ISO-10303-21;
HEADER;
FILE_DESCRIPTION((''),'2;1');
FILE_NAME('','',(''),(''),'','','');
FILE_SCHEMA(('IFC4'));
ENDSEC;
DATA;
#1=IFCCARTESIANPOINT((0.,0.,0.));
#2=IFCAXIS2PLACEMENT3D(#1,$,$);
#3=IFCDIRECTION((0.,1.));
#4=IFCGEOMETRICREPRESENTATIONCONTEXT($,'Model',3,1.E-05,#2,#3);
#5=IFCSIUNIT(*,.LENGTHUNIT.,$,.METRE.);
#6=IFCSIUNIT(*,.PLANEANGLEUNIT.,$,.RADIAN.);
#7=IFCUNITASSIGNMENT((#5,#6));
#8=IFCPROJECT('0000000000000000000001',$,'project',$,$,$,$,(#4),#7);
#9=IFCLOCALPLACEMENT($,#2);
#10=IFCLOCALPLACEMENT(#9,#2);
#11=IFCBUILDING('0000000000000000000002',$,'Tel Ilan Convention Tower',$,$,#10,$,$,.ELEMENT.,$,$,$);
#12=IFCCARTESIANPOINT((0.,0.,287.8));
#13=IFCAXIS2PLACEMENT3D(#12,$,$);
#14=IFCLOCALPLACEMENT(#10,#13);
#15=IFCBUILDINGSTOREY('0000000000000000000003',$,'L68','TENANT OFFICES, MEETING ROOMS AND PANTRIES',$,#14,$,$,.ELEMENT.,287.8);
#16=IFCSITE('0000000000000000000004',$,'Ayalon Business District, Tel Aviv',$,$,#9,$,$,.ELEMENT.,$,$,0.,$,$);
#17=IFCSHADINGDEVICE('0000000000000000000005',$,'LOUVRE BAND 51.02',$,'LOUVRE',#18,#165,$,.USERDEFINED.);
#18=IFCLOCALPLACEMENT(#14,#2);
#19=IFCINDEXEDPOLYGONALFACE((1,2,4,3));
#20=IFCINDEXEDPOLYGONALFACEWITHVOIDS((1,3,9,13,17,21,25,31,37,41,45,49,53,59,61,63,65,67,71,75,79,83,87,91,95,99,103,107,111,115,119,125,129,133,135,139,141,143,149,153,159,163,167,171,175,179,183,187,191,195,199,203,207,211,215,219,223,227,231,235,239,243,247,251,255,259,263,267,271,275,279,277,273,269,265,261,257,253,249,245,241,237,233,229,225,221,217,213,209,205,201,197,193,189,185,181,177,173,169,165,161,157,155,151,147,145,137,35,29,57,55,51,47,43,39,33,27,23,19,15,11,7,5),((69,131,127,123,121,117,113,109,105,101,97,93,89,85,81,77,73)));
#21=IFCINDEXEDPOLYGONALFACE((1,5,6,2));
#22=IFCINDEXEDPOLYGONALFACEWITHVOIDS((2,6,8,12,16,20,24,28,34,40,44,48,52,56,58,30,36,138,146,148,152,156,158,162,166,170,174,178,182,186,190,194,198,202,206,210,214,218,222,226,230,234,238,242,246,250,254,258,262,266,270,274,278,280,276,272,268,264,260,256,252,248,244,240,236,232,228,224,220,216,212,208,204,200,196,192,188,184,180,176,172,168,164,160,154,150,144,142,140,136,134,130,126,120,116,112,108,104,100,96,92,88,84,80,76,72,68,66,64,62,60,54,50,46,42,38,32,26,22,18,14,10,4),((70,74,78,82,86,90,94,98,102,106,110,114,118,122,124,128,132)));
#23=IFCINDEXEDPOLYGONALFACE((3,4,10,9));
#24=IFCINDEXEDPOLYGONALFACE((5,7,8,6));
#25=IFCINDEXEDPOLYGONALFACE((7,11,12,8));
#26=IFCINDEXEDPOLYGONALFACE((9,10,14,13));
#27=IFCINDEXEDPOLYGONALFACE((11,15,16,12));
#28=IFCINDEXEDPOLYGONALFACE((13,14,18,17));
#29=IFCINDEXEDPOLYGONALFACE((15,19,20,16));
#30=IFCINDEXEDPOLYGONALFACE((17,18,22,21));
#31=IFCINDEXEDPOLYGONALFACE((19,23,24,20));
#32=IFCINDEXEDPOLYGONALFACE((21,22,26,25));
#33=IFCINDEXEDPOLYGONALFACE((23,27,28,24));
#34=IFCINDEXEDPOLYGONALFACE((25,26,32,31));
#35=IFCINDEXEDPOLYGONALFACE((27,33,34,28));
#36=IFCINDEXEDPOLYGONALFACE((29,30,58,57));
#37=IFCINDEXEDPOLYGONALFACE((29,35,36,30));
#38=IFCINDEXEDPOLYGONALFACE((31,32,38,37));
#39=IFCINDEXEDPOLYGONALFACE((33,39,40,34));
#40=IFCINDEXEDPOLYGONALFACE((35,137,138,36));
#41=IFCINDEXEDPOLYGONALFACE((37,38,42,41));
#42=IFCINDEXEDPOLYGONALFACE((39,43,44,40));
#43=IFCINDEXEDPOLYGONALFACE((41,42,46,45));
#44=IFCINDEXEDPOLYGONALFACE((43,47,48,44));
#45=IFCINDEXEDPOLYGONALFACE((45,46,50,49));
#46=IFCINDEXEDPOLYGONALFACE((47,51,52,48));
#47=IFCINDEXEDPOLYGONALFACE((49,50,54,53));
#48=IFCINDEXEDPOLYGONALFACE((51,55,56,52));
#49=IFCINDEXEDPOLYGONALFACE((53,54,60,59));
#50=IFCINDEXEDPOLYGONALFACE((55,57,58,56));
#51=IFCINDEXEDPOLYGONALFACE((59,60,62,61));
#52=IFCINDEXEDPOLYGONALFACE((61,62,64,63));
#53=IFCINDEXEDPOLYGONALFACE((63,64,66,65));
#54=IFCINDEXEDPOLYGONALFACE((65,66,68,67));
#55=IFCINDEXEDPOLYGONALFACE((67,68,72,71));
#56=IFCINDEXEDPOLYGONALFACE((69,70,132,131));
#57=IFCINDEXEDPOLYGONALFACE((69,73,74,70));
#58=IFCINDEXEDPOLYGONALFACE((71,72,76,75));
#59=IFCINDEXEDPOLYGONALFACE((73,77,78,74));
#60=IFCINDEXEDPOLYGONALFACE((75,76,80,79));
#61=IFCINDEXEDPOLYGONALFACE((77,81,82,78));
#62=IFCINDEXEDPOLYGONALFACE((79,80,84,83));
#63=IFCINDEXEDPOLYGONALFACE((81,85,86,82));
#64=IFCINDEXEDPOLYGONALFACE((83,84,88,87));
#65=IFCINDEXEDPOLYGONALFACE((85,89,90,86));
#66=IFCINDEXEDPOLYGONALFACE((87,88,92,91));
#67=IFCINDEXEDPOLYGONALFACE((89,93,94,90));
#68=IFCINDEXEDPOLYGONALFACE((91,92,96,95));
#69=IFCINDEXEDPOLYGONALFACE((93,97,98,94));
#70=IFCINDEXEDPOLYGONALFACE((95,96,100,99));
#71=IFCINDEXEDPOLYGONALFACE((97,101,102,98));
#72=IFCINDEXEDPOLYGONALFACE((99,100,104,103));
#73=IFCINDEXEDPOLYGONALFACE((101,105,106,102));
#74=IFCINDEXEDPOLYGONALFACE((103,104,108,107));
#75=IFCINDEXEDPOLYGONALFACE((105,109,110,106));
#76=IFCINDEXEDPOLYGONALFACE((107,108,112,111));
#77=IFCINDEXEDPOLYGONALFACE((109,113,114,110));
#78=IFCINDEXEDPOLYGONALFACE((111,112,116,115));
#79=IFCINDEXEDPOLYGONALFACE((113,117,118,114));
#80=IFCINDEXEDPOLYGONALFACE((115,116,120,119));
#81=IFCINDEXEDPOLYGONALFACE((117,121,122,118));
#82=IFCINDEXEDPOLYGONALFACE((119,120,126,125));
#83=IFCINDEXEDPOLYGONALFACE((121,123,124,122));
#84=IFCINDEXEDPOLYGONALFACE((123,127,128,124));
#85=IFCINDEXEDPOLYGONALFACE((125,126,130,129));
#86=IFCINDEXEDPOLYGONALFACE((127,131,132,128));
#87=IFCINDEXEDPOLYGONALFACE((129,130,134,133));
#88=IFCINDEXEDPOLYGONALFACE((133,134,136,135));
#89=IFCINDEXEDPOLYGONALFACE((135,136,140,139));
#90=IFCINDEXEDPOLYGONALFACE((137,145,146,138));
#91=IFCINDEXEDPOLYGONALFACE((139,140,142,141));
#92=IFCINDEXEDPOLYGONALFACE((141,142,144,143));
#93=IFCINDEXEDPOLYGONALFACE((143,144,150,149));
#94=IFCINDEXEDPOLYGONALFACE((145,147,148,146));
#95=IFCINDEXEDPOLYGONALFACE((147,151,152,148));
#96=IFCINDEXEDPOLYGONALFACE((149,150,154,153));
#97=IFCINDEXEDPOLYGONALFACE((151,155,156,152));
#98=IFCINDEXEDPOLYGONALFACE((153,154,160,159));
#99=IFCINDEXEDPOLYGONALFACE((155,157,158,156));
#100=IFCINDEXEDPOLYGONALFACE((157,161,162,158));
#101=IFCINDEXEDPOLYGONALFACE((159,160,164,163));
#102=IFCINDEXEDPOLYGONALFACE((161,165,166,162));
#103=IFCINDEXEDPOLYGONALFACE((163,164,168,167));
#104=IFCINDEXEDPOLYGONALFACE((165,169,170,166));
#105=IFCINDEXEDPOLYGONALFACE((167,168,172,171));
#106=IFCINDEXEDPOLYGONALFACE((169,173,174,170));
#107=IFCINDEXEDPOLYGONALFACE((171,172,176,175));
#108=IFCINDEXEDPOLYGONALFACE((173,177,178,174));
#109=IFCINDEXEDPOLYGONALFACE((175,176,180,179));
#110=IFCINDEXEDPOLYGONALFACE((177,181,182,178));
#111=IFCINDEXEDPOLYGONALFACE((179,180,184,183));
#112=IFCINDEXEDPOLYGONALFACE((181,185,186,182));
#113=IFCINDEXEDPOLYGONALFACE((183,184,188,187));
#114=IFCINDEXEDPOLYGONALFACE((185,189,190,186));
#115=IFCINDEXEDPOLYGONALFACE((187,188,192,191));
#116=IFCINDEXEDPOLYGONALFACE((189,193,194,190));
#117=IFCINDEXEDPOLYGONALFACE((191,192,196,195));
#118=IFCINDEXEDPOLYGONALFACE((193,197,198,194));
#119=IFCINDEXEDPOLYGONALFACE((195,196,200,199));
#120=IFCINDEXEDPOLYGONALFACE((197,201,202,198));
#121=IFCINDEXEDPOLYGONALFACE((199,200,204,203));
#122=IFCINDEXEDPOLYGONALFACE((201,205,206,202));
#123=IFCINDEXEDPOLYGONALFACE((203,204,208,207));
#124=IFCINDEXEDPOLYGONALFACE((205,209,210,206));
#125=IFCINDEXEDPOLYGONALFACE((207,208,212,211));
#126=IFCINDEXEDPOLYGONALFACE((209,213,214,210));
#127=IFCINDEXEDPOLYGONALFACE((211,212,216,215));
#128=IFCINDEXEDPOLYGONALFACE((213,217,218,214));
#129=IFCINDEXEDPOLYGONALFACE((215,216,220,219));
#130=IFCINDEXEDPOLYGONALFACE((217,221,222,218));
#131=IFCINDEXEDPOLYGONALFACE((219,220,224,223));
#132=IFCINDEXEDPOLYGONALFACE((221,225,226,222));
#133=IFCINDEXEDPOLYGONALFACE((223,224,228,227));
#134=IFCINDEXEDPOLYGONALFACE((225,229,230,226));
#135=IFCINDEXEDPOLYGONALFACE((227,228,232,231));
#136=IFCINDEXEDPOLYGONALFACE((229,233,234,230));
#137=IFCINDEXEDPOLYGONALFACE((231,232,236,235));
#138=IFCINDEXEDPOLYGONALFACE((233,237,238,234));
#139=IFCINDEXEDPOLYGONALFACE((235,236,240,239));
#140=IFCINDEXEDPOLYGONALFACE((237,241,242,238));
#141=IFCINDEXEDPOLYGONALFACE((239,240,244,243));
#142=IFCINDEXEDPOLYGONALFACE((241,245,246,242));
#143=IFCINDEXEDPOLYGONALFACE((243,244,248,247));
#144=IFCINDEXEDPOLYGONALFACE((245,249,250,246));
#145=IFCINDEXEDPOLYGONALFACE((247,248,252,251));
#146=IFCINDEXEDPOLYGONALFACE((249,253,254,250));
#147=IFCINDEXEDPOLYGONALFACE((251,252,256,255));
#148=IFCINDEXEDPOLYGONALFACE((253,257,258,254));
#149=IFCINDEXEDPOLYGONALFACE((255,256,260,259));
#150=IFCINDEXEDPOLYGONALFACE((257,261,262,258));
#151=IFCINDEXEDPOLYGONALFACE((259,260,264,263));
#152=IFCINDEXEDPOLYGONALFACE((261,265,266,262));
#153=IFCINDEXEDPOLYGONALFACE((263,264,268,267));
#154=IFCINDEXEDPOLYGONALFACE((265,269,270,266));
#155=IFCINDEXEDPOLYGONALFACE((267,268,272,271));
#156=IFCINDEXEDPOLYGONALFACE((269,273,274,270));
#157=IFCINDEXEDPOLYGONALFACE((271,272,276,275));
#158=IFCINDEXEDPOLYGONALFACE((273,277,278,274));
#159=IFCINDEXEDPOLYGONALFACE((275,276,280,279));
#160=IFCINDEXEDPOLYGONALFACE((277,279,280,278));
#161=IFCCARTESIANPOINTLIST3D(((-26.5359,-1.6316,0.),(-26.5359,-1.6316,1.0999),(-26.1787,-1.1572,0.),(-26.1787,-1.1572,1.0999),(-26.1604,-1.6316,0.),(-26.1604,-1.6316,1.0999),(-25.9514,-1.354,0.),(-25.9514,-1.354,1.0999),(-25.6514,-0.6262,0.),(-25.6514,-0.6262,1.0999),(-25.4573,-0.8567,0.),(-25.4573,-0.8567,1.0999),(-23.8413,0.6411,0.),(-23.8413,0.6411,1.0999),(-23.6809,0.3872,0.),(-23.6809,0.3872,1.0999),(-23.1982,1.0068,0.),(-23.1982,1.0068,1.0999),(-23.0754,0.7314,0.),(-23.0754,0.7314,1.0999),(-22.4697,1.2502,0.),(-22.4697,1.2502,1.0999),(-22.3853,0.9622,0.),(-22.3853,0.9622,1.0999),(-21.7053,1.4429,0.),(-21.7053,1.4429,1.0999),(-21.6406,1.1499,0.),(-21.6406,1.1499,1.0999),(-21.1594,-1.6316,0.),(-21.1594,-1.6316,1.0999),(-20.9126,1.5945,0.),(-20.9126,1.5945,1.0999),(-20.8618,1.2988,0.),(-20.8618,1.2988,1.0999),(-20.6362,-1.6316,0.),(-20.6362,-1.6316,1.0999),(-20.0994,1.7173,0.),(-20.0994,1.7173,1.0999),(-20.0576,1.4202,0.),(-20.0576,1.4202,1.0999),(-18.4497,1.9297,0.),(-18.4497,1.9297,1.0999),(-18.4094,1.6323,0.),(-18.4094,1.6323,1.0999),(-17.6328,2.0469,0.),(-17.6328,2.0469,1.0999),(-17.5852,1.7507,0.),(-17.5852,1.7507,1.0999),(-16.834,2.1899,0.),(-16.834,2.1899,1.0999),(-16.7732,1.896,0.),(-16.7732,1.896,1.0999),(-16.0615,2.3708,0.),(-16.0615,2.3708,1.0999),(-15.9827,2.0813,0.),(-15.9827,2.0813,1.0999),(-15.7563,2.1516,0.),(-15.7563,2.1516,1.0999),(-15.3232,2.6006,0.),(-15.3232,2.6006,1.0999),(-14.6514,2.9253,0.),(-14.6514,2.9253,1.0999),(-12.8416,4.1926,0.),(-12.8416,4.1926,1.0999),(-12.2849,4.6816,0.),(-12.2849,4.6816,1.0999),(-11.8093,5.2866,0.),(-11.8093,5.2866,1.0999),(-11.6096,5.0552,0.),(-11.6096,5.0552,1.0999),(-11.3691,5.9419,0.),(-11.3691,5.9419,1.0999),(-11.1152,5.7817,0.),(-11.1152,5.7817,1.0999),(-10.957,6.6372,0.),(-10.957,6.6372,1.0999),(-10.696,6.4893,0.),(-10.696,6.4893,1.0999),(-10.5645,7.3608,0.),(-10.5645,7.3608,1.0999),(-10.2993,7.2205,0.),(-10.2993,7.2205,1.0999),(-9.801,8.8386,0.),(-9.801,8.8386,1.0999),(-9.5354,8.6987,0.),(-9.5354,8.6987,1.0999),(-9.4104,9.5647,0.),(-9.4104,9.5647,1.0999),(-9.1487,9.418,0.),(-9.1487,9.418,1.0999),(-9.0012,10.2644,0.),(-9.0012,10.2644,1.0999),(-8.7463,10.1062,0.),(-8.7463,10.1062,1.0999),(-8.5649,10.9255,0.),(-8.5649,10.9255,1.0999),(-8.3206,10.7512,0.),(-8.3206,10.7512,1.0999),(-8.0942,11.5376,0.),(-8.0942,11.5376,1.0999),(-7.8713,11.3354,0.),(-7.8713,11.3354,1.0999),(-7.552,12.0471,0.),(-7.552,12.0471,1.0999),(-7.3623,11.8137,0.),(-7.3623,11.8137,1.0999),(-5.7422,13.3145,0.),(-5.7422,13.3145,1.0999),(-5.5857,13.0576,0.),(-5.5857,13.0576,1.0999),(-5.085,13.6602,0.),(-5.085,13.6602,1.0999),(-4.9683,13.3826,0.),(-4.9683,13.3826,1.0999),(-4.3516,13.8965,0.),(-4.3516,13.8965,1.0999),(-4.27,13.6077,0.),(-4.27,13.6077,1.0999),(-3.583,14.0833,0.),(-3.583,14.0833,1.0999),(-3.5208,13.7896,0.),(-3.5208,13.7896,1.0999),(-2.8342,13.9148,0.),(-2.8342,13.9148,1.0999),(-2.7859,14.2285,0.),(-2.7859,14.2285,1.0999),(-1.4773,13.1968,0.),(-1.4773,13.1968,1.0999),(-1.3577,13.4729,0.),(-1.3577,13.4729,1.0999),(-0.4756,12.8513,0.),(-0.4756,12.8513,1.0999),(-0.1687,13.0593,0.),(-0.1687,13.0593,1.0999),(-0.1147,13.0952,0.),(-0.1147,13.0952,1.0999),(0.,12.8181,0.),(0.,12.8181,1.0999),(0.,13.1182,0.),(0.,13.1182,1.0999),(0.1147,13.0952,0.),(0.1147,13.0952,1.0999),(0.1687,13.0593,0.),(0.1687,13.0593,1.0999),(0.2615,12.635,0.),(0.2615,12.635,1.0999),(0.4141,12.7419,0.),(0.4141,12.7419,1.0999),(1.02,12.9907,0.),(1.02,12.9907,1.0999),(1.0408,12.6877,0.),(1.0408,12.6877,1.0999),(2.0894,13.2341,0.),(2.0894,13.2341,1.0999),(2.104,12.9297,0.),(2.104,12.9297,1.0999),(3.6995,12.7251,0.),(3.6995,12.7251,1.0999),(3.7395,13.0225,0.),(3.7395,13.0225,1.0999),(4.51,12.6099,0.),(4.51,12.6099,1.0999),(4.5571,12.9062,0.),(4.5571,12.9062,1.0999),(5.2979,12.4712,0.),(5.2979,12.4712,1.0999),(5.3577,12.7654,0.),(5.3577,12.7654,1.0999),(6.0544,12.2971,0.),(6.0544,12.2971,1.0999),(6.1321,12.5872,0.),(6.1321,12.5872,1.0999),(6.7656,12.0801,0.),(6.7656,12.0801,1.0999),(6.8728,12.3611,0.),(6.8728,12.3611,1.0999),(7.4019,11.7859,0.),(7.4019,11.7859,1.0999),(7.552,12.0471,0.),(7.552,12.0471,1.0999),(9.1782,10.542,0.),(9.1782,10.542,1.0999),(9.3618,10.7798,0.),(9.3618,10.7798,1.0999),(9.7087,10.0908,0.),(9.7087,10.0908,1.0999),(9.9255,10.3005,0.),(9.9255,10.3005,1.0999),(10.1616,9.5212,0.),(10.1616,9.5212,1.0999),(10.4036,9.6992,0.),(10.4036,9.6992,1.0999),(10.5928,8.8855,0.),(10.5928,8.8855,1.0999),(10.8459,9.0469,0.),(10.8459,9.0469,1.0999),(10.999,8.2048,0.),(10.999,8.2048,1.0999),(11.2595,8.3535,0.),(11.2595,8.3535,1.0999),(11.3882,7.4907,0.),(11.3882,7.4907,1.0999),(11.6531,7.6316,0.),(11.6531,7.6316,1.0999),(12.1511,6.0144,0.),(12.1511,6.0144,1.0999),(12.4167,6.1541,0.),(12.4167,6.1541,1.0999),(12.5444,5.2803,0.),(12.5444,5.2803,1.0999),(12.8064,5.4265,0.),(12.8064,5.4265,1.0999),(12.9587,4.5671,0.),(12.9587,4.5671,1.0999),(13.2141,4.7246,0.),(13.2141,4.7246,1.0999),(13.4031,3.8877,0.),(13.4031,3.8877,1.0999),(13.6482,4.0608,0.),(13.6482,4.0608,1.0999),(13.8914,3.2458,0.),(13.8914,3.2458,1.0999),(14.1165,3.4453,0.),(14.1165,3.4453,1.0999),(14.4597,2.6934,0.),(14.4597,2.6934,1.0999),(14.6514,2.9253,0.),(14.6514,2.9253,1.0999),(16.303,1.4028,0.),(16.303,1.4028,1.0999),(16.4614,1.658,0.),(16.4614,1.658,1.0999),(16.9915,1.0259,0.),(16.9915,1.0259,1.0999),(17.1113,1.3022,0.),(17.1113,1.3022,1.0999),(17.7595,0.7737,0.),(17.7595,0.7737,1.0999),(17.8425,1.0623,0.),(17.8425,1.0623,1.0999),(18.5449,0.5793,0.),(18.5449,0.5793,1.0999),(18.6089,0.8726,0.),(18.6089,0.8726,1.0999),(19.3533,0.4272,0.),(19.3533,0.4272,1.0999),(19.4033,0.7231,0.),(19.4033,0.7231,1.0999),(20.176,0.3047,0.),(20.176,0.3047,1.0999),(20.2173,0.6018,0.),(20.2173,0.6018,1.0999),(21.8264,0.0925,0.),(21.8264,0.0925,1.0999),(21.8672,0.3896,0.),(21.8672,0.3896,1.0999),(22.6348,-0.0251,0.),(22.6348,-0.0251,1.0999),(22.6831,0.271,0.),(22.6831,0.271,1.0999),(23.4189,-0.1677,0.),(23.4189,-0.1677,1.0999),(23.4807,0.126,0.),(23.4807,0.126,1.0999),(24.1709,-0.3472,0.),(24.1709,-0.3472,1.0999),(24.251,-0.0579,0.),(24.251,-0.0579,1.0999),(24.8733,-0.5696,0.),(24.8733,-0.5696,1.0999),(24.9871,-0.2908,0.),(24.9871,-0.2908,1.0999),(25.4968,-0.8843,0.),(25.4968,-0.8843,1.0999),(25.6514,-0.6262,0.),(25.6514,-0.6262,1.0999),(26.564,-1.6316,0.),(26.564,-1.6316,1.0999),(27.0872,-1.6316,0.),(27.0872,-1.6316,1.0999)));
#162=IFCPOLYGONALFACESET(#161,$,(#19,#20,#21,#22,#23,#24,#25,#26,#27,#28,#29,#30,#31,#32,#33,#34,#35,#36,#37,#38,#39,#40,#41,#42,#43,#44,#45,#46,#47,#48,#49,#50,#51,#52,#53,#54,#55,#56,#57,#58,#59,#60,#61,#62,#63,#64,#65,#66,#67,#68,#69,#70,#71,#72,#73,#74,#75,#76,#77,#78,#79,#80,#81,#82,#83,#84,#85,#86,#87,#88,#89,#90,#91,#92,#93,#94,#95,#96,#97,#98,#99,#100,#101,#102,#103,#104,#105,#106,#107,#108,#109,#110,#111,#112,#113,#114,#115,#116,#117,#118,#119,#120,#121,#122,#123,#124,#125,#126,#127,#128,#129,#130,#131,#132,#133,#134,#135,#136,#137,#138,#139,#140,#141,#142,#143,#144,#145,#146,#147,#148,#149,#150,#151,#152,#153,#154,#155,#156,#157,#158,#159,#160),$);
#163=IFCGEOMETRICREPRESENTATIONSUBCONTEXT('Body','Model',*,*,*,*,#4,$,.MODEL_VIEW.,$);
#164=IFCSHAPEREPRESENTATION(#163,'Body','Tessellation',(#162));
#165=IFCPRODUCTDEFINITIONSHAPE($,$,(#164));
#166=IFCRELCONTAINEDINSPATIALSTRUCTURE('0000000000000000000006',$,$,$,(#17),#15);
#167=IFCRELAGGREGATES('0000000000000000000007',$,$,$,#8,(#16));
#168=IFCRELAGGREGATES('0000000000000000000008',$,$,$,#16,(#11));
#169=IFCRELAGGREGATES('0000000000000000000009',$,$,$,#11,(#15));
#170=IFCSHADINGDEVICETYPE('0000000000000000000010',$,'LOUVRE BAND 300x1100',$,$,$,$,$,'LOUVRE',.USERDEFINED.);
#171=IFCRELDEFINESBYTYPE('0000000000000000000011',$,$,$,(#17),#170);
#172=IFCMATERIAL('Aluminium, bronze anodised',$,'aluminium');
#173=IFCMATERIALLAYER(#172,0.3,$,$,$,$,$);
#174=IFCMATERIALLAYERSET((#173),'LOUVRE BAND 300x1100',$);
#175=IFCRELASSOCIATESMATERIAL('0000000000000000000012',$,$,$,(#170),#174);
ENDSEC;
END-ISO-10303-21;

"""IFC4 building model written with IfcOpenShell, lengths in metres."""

from ifc_helpers import new_model, si_unit, direction, frame, origin, place, context, subcontext, project, spatial, polyline, outline, extrude, material, layer, layer_set, type_object, element, save


model = new_model("IFC4")

# Units and contexts
model_context = context("Model", 3, precision=1e-05, world=origin(), true_north=direction((0.0, 1.0)))
body_context = subcontext(model_context, "Body", "Model", "MODEL_VIEW")
ifc_project = project(units=[si_unit("LENGTHUNIT", "METRE"), si_unit("PLANEANGLEUNIT", "RADIAN")], contexts=[model_context])

# Site, building, storey
site_placement = place(None, origin())
site = spatial("IfcSite", under=ifc_project, at=site_placement, Name="Ayalon Business District, Tel Aviv", CompositionType="ELEMENT", RefElevation=0.0)
building_placement = place(site_placement, origin())
building = spatial("IfcBuilding", under=site, at=building_placement, Name="Tel Ilan Convention Tower", CompositionType="ELEMENT")
storey_placement = place(building_placement, frame((0.0, 0.0, 287.8)))
storey = spatial("IfcBuildingStorey", under=building, at=storey_placement, Name="L68", Description="TENANT OFFICES, MEETING ROOMS AND PANTRIES", CompositionType="ELEMENT", Elevation=287.8)

# Shading device
ifc_material_1 = material(Name="Aluminium, bronze anodised", Category="aluminium")
ifc_layer_1 = layer(ifc_material_1, 0.3)
ifc_layer_set_1 = layer_set([ifc_layer_1], Name="LOUVRE BAND 300x1100")
shading_device_type_1 = type_object("IfcShadingDeviceType", Name="LOUVRE BAND 300x1100", ElementType="LOUVRE", PredefinedType="USERDEFINED", material=ifc_layer_set_1)
shading_device_1_placement = place(storey_placement, origin())
element("IfcShadingDevice", 1, at=shading_device_1_placement, inside=storey, type_object=shading_device_type_1, Name="LOUVRE BAND 51.02", ObjectType="LOUVRE", PredefinedType="USERDEFINED", context=body_context, shape_type="SweptSolid", body=[
    extrude(outline(polyline([(-26.1787, -1.1572), (-26.5359, -1.6316), (-26.1604, -1.6316), (-25.9514, -1.354), (-25.4573, -0.8567), (-23.6809, 0.3872), (-23.0754, 0.7314), (-22.3853, 0.9622), (-21.6406, 1.1499), (-20.8618, 1.2988), (-20.0576, 1.4202), (-18.4094, 1.6323), (-17.5852, 1.7507), (-16.7732, 1.896), (-15.9827, 2.0813), (-15.7563, 2.1516), (-21.1594, -1.6316), (-20.6362, -1.6316), (0.0, 12.8181), (0.2615, 12.635), (0.4141, 12.7419), (1.0408, 12.6877), (2.104, 12.9297), (3.6995, 12.7251), (4.51, 12.6099), (5.2979, 12.4712), (6.0544, 12.2971), (6.7656, 12.0801), (7.4019, 11.7859), (9.1782, 10.542), (9.7087, 10.0908), (10.1616, 9.5212), (10.5928, 8.8855), (10.999, 8.2048), (11.3882, 7.4907), (12.1511, 6.0144), (12.5444, 5.2803), (12.9587, 4.5671), (13.4031, 3.8877), (13.8914, 3.2458), (14.4597, 2.6934), (16.303, 1.4028), (16.9915, 1.0259), (17.7595, 0.7737), (18.5449, 0.5793), (19.3533, 0.4272), (20.176, 0.3047), (21.8264, 0.0925), (22.6348, -0.0251), (23.4189, -0.1677), (24.1709, -0.3472), (24.8733, -0.5696), (25.4968, -0.8843), (26.564, -1.6316), (27.0872, -1.6316), (25.6514, -0.6262), (24.9871, -0.2908), (24.251, -0.0579), (23.4807, 0.126), (22.6831, 0.271), (21.8672, 0.3896), (20.2173, 0.6018), (19.4033, 0.7231), (18.6089, 0.8726), (17.8425, 1.0623), (17.1113, 1.3022), (16.4614, 1.658), (14.6514, 2.9253), (14.1165, 3.4453), (13.6482, 4.0608), (13.2141, 4.7246), (12.8064, 5.4265), (12.4167, 6.1541), (11.6531, 7.6316), (11.2595, 8.3535), (10.8459, 9.0469), (10.4036, 9.6992), (9.9255, 10.3005), (9.3618, 10.7798), (7.552, 12.0471), (6.8728, 12.3611), (6.1321, 12.5872), (5.3577, 12.7654), (4.5571, 12.9062), (3.7395, 13.0225), (2.0894, 13.2341), (1.02, 12.9907), (0.1687, 13.0593), (0.1147, 13.0952), (0.0, 13.1182), (-0.1147, 13.0952), (-0.1687, 13.0593), (-1.3577, 13.4729), (-2.7859, 14.2285), (-3.583, 14.0833), (-4.3516, 13.8965), (-5.085, 13.6602), (-5.7422, 13.3145), (-7.552, 12.0471), (-8.0942, 11.5376), (-8.5649, 10.9255), (-9.0012, 10.2644), (-9.4104, 9.5647), (-9.801, 8.8386), (-10.5645, 7.3608), (-10.957, 6.6372), (-11.3691, 5.9419), (-11.8093, 5.2866), (-12.2849, 4.6816), (-12.8416, 4.1926), (-14.6514, 2.9253), (-15.3232, 2.6006), (-16.0615, 2.3708), (-16.834, 2.1899), (-17.6328, 2.0469), (-18.4497, 1.9297), (-20.0994, 1.7173), (-20.9126, 1.5945), (-21.7053, 1.4429), (-22.4697, 1.2502), (-23.1982, 1.0068), (-23.8413, 0.6411), (-25.6514, -0.6262), (-26.1787, -1.1572)]), holes=[polyline([(-11.6096, 5.0552), (-11.1152, 5.7817), (-10.696, 6.4893), (-10.2993, 7.2205), (-9.5354, 8.6987), (-9.1487, 9.418), (-8.7463, 10.1062), (-8.3206, 10.7512), (-7.8713, 11.3354), (-7.3623, 11.8137), (-5.5857, 13.0576), (-4.9683, 13.3826), (-4.27, 13.6077), (-3.5208, 13.7896), (-2.8342, 13.9148), (-1.4773, 13.1968), (-0.4756, 12.8513), (-11.6096, 5.0552)])]), origin(), (0.0, 0.0, 1.0), 1.0999),
])

save(model, "model.ifc")
